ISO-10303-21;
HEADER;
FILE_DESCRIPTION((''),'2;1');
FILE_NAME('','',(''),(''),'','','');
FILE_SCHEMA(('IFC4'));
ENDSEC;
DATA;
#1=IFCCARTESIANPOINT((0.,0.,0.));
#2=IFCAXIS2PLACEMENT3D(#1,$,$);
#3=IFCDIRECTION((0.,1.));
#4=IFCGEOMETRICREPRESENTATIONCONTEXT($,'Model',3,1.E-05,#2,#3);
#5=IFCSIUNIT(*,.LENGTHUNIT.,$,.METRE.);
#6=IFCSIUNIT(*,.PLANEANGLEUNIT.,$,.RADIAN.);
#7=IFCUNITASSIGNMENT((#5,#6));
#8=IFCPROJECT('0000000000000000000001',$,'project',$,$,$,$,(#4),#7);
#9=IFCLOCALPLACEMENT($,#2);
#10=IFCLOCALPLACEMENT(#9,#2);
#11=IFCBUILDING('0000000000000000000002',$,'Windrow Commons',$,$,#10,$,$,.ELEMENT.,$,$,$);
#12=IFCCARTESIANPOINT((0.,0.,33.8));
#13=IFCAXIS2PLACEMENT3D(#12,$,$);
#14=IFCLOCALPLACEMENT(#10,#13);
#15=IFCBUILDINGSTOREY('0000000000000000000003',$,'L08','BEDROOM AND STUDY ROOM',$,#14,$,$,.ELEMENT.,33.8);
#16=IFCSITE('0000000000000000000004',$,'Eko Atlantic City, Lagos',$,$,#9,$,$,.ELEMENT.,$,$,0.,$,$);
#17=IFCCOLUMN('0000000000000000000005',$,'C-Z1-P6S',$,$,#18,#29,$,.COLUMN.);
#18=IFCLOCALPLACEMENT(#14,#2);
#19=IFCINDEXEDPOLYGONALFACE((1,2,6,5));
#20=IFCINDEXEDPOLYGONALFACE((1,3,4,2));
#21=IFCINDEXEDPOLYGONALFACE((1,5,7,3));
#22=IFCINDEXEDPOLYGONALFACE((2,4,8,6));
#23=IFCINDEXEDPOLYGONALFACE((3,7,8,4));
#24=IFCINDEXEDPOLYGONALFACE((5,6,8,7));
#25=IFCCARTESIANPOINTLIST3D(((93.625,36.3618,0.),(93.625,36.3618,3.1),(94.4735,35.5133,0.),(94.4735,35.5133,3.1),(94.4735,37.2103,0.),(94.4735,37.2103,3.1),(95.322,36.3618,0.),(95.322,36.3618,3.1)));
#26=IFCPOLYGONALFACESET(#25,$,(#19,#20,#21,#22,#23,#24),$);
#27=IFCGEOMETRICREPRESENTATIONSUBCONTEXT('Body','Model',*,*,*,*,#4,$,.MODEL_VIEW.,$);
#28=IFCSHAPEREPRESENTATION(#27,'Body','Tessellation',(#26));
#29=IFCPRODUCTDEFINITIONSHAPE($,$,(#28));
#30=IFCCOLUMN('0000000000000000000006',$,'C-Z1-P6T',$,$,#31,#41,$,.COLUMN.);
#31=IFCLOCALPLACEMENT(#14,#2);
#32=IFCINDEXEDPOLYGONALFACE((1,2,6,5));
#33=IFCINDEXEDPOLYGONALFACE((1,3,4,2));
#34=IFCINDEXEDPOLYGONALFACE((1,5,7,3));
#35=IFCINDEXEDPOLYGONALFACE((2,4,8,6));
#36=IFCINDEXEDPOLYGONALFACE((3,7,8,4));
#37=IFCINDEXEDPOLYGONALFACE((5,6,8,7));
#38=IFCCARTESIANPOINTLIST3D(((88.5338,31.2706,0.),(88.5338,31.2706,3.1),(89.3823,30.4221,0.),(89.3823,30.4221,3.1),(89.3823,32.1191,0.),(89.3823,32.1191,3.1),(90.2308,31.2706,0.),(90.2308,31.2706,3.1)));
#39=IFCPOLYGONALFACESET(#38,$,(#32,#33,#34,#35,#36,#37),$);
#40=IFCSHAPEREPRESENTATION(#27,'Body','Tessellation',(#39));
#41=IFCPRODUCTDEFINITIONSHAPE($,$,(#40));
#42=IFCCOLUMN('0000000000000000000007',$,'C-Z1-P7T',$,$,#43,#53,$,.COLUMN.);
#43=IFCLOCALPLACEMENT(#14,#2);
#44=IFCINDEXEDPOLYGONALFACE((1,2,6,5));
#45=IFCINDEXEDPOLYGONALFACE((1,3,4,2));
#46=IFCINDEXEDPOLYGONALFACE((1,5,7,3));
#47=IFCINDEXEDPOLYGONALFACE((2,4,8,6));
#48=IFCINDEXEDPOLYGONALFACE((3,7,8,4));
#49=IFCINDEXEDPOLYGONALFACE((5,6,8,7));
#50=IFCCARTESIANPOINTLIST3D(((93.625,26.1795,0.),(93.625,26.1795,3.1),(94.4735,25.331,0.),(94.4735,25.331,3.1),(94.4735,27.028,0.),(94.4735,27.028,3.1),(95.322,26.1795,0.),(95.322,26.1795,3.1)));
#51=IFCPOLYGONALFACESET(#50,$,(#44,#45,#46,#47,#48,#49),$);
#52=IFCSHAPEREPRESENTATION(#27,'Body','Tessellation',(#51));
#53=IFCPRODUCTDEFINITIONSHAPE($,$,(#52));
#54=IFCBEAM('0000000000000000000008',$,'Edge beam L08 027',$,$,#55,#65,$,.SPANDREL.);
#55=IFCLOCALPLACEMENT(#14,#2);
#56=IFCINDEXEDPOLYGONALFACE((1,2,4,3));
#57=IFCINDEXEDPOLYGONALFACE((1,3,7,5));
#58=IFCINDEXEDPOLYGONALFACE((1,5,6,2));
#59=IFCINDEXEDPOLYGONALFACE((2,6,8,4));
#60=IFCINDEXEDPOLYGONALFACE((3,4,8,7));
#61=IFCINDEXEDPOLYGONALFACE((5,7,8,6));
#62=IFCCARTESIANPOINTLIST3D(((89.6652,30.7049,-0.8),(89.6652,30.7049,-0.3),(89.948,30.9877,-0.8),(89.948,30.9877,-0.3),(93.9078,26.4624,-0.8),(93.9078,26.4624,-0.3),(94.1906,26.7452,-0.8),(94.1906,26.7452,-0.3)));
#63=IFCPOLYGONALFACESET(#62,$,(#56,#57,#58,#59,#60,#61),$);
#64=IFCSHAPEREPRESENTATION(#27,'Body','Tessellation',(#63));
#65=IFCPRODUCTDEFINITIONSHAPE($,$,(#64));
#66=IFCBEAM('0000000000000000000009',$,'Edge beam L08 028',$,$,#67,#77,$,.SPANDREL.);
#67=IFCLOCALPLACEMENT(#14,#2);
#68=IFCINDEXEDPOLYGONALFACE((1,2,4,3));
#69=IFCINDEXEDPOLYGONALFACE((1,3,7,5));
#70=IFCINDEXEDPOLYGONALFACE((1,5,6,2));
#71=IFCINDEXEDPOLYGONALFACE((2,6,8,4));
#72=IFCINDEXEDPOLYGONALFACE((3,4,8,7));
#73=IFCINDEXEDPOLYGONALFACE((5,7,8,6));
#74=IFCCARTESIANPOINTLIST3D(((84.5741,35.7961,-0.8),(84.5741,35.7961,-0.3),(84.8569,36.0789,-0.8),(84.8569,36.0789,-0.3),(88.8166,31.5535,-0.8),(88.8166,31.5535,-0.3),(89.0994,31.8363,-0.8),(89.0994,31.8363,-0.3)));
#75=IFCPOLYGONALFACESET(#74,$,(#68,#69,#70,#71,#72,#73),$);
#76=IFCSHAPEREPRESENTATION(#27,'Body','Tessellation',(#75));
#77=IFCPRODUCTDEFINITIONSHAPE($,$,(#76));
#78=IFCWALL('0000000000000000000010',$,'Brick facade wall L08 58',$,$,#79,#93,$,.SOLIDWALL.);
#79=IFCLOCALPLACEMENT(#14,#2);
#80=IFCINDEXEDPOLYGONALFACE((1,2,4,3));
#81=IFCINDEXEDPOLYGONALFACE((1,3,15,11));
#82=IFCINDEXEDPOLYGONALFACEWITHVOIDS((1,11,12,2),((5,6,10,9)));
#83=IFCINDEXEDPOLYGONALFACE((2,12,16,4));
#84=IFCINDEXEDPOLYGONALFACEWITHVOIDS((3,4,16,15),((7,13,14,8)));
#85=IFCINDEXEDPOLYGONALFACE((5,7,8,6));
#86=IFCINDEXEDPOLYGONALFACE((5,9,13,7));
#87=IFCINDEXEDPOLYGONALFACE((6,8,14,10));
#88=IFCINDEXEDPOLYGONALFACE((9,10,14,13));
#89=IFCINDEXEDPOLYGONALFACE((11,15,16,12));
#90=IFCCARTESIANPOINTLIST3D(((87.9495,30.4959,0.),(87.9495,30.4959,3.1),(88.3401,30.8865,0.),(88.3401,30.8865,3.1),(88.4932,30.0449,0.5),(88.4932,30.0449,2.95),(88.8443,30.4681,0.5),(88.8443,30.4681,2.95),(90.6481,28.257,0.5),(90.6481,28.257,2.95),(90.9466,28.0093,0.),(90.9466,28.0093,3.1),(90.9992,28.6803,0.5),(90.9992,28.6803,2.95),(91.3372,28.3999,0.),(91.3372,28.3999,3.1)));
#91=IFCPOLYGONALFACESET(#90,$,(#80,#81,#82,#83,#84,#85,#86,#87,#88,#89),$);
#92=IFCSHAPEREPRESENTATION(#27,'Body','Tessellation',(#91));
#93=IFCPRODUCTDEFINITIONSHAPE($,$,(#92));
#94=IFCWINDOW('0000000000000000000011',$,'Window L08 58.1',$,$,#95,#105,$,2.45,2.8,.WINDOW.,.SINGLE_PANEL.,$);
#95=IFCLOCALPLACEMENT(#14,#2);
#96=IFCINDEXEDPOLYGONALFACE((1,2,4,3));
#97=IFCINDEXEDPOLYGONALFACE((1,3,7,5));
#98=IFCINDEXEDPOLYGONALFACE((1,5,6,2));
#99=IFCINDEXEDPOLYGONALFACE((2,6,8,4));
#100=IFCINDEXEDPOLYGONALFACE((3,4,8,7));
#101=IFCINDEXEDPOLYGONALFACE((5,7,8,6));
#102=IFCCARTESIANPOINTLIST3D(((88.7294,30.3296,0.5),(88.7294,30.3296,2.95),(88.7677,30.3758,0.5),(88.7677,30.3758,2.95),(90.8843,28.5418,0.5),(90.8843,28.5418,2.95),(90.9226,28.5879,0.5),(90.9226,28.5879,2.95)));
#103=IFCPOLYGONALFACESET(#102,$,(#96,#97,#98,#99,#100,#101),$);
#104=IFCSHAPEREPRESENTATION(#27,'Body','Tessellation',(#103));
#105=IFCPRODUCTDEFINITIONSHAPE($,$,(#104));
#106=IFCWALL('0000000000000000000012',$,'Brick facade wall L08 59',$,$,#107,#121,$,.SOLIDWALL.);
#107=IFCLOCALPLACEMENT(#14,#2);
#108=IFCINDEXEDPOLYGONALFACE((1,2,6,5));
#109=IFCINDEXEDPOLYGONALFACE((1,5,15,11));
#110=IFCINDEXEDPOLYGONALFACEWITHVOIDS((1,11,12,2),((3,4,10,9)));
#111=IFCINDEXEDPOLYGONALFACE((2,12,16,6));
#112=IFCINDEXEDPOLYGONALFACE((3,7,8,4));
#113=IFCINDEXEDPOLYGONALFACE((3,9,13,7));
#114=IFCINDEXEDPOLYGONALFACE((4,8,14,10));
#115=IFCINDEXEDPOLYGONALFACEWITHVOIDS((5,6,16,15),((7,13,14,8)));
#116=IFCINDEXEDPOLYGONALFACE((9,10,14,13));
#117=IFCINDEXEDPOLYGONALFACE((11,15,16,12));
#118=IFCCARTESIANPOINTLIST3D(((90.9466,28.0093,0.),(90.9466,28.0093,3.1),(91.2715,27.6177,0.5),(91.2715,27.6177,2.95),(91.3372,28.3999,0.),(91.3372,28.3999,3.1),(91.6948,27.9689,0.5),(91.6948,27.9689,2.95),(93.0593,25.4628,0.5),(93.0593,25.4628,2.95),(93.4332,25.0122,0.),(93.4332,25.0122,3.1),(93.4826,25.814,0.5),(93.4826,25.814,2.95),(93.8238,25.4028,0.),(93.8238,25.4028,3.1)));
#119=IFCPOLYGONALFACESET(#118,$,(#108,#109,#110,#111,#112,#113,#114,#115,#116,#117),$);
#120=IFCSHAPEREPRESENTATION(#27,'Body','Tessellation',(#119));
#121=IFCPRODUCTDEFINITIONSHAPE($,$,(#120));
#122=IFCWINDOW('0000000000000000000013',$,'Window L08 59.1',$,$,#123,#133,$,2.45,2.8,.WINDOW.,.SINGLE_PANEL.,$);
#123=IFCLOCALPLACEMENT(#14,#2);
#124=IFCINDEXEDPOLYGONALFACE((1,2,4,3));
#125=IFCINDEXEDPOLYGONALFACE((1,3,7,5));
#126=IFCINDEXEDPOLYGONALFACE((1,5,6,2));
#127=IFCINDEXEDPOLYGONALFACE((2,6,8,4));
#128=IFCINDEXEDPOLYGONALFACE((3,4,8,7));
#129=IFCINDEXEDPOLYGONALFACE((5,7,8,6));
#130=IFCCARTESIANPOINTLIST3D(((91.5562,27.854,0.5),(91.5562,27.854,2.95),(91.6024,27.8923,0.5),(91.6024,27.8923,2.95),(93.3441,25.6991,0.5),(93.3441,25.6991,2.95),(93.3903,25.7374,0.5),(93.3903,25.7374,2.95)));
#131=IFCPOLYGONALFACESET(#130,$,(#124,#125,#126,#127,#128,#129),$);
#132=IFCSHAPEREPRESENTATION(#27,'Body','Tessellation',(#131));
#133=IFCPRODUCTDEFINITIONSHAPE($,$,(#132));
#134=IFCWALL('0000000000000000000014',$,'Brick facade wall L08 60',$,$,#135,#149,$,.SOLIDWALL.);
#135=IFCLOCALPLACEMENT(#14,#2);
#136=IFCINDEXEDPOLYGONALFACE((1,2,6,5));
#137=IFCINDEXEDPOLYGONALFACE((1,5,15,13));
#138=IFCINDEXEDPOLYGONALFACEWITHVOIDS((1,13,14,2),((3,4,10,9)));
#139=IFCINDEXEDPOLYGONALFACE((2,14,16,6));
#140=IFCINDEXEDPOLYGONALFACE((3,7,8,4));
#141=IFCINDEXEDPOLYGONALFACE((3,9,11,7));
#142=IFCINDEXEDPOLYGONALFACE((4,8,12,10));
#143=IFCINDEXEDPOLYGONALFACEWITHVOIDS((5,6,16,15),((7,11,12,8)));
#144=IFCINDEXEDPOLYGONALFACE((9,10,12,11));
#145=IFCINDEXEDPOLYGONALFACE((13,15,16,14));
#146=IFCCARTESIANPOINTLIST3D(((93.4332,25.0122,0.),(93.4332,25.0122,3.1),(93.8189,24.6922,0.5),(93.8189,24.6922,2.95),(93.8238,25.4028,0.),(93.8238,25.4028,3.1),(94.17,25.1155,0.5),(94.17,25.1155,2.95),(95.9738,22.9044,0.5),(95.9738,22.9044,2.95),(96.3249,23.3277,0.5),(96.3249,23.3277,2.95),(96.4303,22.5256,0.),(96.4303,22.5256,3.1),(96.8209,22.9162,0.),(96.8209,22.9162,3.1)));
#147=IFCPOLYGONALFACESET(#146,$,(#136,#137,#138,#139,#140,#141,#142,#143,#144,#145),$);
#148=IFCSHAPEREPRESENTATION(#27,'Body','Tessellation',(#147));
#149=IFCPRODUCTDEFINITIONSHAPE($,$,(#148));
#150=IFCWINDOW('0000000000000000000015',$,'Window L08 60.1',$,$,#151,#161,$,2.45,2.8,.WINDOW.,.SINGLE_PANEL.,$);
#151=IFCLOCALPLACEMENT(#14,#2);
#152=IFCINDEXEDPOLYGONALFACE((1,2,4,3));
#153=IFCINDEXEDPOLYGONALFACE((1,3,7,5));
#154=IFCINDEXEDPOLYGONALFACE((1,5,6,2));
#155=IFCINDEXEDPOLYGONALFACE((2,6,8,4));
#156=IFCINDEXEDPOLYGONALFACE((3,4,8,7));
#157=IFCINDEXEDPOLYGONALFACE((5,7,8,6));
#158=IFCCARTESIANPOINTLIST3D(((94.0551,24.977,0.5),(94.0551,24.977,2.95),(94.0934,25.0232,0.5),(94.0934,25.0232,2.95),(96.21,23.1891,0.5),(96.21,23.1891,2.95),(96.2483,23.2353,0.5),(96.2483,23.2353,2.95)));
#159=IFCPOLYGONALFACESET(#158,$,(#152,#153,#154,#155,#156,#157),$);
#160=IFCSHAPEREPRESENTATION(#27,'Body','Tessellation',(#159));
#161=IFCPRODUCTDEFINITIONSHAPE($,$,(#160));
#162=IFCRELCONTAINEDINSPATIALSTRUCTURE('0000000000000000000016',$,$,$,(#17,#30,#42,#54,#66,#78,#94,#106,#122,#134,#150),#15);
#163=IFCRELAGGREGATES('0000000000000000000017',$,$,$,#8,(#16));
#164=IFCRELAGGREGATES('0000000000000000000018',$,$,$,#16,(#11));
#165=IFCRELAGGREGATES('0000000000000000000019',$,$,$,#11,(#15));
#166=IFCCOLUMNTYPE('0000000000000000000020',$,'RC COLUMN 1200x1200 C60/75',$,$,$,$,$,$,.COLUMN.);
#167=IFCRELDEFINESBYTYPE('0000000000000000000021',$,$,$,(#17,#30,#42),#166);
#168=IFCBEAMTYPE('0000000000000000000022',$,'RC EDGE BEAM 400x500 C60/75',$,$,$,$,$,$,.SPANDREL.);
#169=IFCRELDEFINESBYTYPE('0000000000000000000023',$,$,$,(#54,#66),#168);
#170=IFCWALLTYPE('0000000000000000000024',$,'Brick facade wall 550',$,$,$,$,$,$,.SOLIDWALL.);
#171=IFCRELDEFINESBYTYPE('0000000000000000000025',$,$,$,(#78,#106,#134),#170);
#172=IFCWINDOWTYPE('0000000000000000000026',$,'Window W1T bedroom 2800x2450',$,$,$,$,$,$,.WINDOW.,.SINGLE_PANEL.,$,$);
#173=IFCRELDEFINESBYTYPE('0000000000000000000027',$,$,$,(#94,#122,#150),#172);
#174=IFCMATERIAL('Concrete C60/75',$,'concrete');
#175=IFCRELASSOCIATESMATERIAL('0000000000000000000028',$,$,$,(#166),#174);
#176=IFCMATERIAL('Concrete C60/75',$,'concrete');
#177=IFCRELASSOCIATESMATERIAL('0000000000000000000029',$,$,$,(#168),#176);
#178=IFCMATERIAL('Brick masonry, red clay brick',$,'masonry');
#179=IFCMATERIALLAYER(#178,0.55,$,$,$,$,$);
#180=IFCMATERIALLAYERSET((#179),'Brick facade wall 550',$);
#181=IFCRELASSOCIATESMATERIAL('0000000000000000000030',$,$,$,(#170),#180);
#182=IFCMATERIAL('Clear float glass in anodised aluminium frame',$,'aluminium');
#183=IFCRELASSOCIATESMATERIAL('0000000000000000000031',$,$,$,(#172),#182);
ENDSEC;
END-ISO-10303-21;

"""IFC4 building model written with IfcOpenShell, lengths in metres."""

from ifc_helpers import new_model, si_unit, direction, frame, frame_2d, origin, origin_2d, place, context, subcontext, project, spatial, polyline, rectangle, outline, extrude, material, layer, layer_set, material_profile, profile_set, type_object, element, fill, save


model = new_model("IFC4")

# Units and contexts
model_context = context("Model", 3, precision=1e-05, world=origin(), true_north=direction((0.0, 1.0)))
body_context = subcontext(model_context, "Body", "Model", "MODEL_VIEW")
ifc_project = project(units=[si_unit("LENGTHUNIT", "METRE"), si_unit("PLANEANGLEUNIT", "RADIAN")], contexts=[model_context])

# Site, building, storey
site_placement = place(None, origin())
site = spatial("IfcSite", under=ifc_project, at=site_placement, Name="Eko Atlantic City, Lagos", CompositionType="ELEMENT", RefElevation=0.0)
building_placement = place(site_placement, origin())
building = spatial("IfcBuilding", under=site, at=building_placement, Name="Windrow Commons", CompositionType="ELEMENT")
storey_placement = place(building_placement, frame((0.0, 0.0, 33.8)))
storey = spatial("IfcBuildingStorey", under=building, at=storey_placement, Name="L08", Description="BEDROOM AND STUDY ROOM", CompositionType="ELEMENT", Elevation=33.8)

# Columns
ifc_material_1 = material(Name="Concrete C60/75", Category="concrete")
ifc_material_profile_1 = material_profile(ifc_material_1, rectangle(XDim=1.2, YDim=1.2, at=origin_2d()))
ifc_profile_set_1 = profile_set([ifc_material_profile_1], Name="Concrete C60/75")
column_type = type_object("IfcColumnType", Name="RC COLUMN 1200x1200 C60/75", PredefinedType="COLUMN", material=ifc_profile_set_1)
for number, where, z_axis, x_axis, name in (
    (1, (94.4735, 36.3618, 0.0), (0.0, 0.0, 1.0), (0.707107, -0.707107, 0.0), "C-Z1-P6S"),
    (2, (89.3823, 31.2706, 0.0), (0.0, 0.0, 1.0), (0.707107, -0.707107, 0.0), "C-Z1-P6T"),
    (3, (94.4735, 26.1795, 0.0), (0.0, 0.0, 1.0), (0.707107, -0.707107, 0.0), "C-Z1-P7T"),
):
    element("IfcColumn", number, at=place(storey_placement, frame(where, z_axis=z_axis, x_axis=x_axis)), inside=storey, type_object=column_type, Name=name, PredefinedType="COLUMN", context=body_context, shape_type="SweptSolid", body=[
        extrude(rectangle(XDim=1.2, YDim=1.2, at=origin_2d()), origin(), (0.0, 0.0, 1.0), 3.1),
    ])

# Beams
ifc_material_2 = material(Name="Concrete C60/75", Category="concrete")
ifc_material_profile_2 = material_profile(ifc_material_2, rectangle(XDim=0.4, YDim=0.5, at=origin_2d()))
ifc_profile_set_2 = profile_set([ifc_material_profile_2], Name="Concrete C60/75")
beam_type = type_object("IfcBeamType", Name="RC EDGE BEAM 400x500 C60/75", PredefinedType="SPANDREL", material=ifc_profile_set_2)
for number, where, z_axis, x_axis, name in (
    (4, (94.0492, 26.6038, -0.55), (-0.707115, 0.707098, 0.0), (-0.707098, -0.707115, 0.0), "Edge beam L08 027"),
    (5, (88.958, 31.6949, -0.55), (-0.707098, 0.707115, 0.0), (-0.707115, -0.707098, 0.0), "Edge beam L08 028"),
):
    element("IfcBeam", number, at=place(storey_placement, frame(where, z_axis=z_axis, x_axis=x_axis)), inside=storey, type_object=beam_type, Name=name, PredefinedType="SPANDREL", context=body_context, shape_type="SweptSolid", body=[
        extrude(rectangle(XDim=0.4, YDim=0.5, at=origin_2d()), origin(), (0.0, 0.0, 1.0), 5.9999),
    ])

# Walls, openings, windows
ifc_material_3 = material(Name="Brick masonry, red clay brick", Category="masonry")
ifc_layer_1 = layer(ifc_material_3, 0.55)
ifc_layer_set_1 = layer_set([ifc_layer_1], Name="Brick facade wall 550")
wall_type_1 = type_object("IfcWallType", Name="Brick facade wall 550", PredefinedType="SOLIDWALL", material=ifc_layer_set_1)
wall_1_placement = place(storey_placement, frame((88.1448, 30.6912, 0.0), z_axis=(0.0, 0.0, 1.0), x_axis=(0.769607, -0.638518, 0.0)))
wall_1 = element("IfcWall", 6, at=wall_1_placement, inside=storey, type_object=wall_type_1, Name="Brick facade wall L08 58", PredefinedType="SOLIDWALL", context=body_context, shape_type="SweptSolid", body=[
    extrude(outline(polyline([(-0.0256, -0.275), (3.8687, -0.275), (3.9199, 0.275), (0.0256, 0.275), (-0.0256, -0.275)])), origin(), (0.0, 0.0, 1.0), 3.1),
])
opening_1_placement = place(wall_1_placement, frame((0.6808, 0.0, 0.5)))
opening_1 = element("IfcOpeningElement", 7, at=opening_1_placement, cuts=wall_1, PredefinedType="OPENING", context=body_context, shape_type="SweptSolid", body=[
    extrude(rectangle(XDim=2.8, YDim=2.45, at=frame_2d((1.4, 1.225))), frame((0.0, 0.285, 0.0), z_axis=(0.0, -1.0, 0.0), x_axis=(1.0, 0.0, 0.0)), (0.0, 0.0, 1.0), 0.57),
])
ifc_material_4 = material(Name="Clear float glass in anodised aluminium frame", Category="aluminium")
window_type = type_object("IfcWindowType", Name="Window W1T bedroom 2800x2450", PartitioningType="SINGLE_PANEL", PredefinedType="WINDOW", material=ifc_material_4)
window_1_placement = place(opening_1_placement, origin())
window_1 = element("IfcWindow", 8, at=window_1_placement, inside=storey, type_object=window_type, Name="Window L08 58.1", OverallHeight=2.45, OverallWidth=2.8, PartitioningType="SINGLE_PANEL", PredefinedType="WINDOW", context=body_context, shape_type="SweptSolid", body=[
    extrude(rectangle(XDim=2.8, YDim=2.45, at=frame_2d((1.4, 1.225))), frame((0.0, 0.155, 0.0), z_axis=(0.0, -1.0, 0.0), x_axis=(1.0, 0.0, 0.0)), (0.0, 0.0, 1.0), 0.06),
])
fill(opening_1, window_1)
wall_2_placement = place(storey_placement, frame((91.1419, 28.2046, 0.0), z_axis=(0.0, 0.0, 1.0), x_axis=(0.638518, -0.769607, 0.0)))
wall_2 = element("IfcWall", 9, at=wall_2_placement, inside=storey, type_object=wall_type_1, Name="Brick facade wall L08 59", PredefinedType="SOLIDWALL", context=body_context, shape_type="SweptSolid", body=[
    extrude(outline(polyline([(0.0256, -0.275), (3.9199, -0.275), (3.8687, 0.275), (-0.0256, 0.275), (0.0256, -0.275)])), origin(), (0.0, 0.0, 1.0), 3.1),
])
opening_2_placement = place(wall_2_placement, frame((0.5344, 0.0, 0.5)))
opening_2 = element("IfcOpeningElement", 10, at=opening_2_placement, cuts=wall_2, PredefinedType="OPENING", context=body_context, shape_type="SweptSolid", body=[
    extrude(rectangle(XDim=2.8, YDim=2.45, at=frame_2d((1.4, 1.225))), frame((0.0, 0.285, 0.0), z_axis=(0.0, -1.0, 0.0), x_axis=(1.0, 0.0, 0.0)), (0.0, 0.0, 1.0), 0.57),
])
window_2_placement = place(opening_2_placement, origin())
window_2 = element("IfcWindow", 11, at=window_2_placement, inside=storey, type_object=window_type, Name="Window L08 59.1", OverallHeight=2.45, OverallWidth=2.8, PartitioningType="SINGLE_PANEL", PredefinedType="WINDOW", context=body_context, shape_type="SweptSolid", body=[
    extrude(rectangle(XDim=2.8, YDim=2.45, at=frame_2d((1.4, 1.225))), frame((0.0, 0.155, 0.0), z_axis=(0.0, -1.0, 0.0), x_axis=(1.0, 0.0, 0.0)), (0.0, 0.0, 1.0), 0.06),
])
fill(opening_2, window_2)
wall_3_placement = place(storey_placement, frame((93.6285, 25.2075, 0.0), z_axis=(0.0, 0.0, 1.0), x_axis=(0.769607, -0.638518, 0.0)))
wall_3 = element("IfcWall", 12, at=wall_3_placement, inside=storey, type_object=wall_type_1, Name="Brick facade wall L08 60", PredefinedType="SOLIDWALL", context=body_context, shape_type="SweptSolid", body=[
    extrude(outline(polyline([(-0.0256, -0.275), (3.8687, -0.275), (3.9199, 0.275), (0.0256, 0.275), (-0.0256, -0.275)])), origin(), (0.0, 0.0, 1.0), 3.1),
])
opening_3_placement = place(wall_3_placement, frame((0.4755, 0.0, 0.5)))
opening_3 = element("IfcOpeningElement", 13, at=opening_3_placement, cuts=wall_3, PredefinedType="OPENING", context=body_context, shape_type="SweptSolid", body=[
    extrude(rectangle(XDim=2.8, YDim=2.45, at=frame_2d((1.4, 1.225))), frame((0.0, 0.285, 0.0), z_axis=(0.0, -1.0, 0.0), x_axis=(1.0, 0.0, 0.0)), (0.0, 0.0, 1.0), 0.57),
])
window_3_placement = place(opening_3_placement, origin())
window_3 = element("IfcWindow", 14, at=window_3_placement, inside=storey, type_object=window_type, Name="Window L08 60.1", OverallHeight=2.45, OverallWidth=2.8, PartitioningType="SINGLE_PANEL", PredefinedType="WINDOW", context=body_context, shape_type="SweptSolid", body=[
    extrude(rectangle(XDim=2.8, YDim=2.45, at=frame_2d((1.4, 1.225))), frame((0.0, 0.155, 0.0), z_axis=(0.0, -1.0, 0.0), x_axis=(1.0, 0.0, 0.0)), (0.0, 0.0, 1.0), 0.06),
])
fill(opening_3, window_3)

save(model, "model.ifc")
